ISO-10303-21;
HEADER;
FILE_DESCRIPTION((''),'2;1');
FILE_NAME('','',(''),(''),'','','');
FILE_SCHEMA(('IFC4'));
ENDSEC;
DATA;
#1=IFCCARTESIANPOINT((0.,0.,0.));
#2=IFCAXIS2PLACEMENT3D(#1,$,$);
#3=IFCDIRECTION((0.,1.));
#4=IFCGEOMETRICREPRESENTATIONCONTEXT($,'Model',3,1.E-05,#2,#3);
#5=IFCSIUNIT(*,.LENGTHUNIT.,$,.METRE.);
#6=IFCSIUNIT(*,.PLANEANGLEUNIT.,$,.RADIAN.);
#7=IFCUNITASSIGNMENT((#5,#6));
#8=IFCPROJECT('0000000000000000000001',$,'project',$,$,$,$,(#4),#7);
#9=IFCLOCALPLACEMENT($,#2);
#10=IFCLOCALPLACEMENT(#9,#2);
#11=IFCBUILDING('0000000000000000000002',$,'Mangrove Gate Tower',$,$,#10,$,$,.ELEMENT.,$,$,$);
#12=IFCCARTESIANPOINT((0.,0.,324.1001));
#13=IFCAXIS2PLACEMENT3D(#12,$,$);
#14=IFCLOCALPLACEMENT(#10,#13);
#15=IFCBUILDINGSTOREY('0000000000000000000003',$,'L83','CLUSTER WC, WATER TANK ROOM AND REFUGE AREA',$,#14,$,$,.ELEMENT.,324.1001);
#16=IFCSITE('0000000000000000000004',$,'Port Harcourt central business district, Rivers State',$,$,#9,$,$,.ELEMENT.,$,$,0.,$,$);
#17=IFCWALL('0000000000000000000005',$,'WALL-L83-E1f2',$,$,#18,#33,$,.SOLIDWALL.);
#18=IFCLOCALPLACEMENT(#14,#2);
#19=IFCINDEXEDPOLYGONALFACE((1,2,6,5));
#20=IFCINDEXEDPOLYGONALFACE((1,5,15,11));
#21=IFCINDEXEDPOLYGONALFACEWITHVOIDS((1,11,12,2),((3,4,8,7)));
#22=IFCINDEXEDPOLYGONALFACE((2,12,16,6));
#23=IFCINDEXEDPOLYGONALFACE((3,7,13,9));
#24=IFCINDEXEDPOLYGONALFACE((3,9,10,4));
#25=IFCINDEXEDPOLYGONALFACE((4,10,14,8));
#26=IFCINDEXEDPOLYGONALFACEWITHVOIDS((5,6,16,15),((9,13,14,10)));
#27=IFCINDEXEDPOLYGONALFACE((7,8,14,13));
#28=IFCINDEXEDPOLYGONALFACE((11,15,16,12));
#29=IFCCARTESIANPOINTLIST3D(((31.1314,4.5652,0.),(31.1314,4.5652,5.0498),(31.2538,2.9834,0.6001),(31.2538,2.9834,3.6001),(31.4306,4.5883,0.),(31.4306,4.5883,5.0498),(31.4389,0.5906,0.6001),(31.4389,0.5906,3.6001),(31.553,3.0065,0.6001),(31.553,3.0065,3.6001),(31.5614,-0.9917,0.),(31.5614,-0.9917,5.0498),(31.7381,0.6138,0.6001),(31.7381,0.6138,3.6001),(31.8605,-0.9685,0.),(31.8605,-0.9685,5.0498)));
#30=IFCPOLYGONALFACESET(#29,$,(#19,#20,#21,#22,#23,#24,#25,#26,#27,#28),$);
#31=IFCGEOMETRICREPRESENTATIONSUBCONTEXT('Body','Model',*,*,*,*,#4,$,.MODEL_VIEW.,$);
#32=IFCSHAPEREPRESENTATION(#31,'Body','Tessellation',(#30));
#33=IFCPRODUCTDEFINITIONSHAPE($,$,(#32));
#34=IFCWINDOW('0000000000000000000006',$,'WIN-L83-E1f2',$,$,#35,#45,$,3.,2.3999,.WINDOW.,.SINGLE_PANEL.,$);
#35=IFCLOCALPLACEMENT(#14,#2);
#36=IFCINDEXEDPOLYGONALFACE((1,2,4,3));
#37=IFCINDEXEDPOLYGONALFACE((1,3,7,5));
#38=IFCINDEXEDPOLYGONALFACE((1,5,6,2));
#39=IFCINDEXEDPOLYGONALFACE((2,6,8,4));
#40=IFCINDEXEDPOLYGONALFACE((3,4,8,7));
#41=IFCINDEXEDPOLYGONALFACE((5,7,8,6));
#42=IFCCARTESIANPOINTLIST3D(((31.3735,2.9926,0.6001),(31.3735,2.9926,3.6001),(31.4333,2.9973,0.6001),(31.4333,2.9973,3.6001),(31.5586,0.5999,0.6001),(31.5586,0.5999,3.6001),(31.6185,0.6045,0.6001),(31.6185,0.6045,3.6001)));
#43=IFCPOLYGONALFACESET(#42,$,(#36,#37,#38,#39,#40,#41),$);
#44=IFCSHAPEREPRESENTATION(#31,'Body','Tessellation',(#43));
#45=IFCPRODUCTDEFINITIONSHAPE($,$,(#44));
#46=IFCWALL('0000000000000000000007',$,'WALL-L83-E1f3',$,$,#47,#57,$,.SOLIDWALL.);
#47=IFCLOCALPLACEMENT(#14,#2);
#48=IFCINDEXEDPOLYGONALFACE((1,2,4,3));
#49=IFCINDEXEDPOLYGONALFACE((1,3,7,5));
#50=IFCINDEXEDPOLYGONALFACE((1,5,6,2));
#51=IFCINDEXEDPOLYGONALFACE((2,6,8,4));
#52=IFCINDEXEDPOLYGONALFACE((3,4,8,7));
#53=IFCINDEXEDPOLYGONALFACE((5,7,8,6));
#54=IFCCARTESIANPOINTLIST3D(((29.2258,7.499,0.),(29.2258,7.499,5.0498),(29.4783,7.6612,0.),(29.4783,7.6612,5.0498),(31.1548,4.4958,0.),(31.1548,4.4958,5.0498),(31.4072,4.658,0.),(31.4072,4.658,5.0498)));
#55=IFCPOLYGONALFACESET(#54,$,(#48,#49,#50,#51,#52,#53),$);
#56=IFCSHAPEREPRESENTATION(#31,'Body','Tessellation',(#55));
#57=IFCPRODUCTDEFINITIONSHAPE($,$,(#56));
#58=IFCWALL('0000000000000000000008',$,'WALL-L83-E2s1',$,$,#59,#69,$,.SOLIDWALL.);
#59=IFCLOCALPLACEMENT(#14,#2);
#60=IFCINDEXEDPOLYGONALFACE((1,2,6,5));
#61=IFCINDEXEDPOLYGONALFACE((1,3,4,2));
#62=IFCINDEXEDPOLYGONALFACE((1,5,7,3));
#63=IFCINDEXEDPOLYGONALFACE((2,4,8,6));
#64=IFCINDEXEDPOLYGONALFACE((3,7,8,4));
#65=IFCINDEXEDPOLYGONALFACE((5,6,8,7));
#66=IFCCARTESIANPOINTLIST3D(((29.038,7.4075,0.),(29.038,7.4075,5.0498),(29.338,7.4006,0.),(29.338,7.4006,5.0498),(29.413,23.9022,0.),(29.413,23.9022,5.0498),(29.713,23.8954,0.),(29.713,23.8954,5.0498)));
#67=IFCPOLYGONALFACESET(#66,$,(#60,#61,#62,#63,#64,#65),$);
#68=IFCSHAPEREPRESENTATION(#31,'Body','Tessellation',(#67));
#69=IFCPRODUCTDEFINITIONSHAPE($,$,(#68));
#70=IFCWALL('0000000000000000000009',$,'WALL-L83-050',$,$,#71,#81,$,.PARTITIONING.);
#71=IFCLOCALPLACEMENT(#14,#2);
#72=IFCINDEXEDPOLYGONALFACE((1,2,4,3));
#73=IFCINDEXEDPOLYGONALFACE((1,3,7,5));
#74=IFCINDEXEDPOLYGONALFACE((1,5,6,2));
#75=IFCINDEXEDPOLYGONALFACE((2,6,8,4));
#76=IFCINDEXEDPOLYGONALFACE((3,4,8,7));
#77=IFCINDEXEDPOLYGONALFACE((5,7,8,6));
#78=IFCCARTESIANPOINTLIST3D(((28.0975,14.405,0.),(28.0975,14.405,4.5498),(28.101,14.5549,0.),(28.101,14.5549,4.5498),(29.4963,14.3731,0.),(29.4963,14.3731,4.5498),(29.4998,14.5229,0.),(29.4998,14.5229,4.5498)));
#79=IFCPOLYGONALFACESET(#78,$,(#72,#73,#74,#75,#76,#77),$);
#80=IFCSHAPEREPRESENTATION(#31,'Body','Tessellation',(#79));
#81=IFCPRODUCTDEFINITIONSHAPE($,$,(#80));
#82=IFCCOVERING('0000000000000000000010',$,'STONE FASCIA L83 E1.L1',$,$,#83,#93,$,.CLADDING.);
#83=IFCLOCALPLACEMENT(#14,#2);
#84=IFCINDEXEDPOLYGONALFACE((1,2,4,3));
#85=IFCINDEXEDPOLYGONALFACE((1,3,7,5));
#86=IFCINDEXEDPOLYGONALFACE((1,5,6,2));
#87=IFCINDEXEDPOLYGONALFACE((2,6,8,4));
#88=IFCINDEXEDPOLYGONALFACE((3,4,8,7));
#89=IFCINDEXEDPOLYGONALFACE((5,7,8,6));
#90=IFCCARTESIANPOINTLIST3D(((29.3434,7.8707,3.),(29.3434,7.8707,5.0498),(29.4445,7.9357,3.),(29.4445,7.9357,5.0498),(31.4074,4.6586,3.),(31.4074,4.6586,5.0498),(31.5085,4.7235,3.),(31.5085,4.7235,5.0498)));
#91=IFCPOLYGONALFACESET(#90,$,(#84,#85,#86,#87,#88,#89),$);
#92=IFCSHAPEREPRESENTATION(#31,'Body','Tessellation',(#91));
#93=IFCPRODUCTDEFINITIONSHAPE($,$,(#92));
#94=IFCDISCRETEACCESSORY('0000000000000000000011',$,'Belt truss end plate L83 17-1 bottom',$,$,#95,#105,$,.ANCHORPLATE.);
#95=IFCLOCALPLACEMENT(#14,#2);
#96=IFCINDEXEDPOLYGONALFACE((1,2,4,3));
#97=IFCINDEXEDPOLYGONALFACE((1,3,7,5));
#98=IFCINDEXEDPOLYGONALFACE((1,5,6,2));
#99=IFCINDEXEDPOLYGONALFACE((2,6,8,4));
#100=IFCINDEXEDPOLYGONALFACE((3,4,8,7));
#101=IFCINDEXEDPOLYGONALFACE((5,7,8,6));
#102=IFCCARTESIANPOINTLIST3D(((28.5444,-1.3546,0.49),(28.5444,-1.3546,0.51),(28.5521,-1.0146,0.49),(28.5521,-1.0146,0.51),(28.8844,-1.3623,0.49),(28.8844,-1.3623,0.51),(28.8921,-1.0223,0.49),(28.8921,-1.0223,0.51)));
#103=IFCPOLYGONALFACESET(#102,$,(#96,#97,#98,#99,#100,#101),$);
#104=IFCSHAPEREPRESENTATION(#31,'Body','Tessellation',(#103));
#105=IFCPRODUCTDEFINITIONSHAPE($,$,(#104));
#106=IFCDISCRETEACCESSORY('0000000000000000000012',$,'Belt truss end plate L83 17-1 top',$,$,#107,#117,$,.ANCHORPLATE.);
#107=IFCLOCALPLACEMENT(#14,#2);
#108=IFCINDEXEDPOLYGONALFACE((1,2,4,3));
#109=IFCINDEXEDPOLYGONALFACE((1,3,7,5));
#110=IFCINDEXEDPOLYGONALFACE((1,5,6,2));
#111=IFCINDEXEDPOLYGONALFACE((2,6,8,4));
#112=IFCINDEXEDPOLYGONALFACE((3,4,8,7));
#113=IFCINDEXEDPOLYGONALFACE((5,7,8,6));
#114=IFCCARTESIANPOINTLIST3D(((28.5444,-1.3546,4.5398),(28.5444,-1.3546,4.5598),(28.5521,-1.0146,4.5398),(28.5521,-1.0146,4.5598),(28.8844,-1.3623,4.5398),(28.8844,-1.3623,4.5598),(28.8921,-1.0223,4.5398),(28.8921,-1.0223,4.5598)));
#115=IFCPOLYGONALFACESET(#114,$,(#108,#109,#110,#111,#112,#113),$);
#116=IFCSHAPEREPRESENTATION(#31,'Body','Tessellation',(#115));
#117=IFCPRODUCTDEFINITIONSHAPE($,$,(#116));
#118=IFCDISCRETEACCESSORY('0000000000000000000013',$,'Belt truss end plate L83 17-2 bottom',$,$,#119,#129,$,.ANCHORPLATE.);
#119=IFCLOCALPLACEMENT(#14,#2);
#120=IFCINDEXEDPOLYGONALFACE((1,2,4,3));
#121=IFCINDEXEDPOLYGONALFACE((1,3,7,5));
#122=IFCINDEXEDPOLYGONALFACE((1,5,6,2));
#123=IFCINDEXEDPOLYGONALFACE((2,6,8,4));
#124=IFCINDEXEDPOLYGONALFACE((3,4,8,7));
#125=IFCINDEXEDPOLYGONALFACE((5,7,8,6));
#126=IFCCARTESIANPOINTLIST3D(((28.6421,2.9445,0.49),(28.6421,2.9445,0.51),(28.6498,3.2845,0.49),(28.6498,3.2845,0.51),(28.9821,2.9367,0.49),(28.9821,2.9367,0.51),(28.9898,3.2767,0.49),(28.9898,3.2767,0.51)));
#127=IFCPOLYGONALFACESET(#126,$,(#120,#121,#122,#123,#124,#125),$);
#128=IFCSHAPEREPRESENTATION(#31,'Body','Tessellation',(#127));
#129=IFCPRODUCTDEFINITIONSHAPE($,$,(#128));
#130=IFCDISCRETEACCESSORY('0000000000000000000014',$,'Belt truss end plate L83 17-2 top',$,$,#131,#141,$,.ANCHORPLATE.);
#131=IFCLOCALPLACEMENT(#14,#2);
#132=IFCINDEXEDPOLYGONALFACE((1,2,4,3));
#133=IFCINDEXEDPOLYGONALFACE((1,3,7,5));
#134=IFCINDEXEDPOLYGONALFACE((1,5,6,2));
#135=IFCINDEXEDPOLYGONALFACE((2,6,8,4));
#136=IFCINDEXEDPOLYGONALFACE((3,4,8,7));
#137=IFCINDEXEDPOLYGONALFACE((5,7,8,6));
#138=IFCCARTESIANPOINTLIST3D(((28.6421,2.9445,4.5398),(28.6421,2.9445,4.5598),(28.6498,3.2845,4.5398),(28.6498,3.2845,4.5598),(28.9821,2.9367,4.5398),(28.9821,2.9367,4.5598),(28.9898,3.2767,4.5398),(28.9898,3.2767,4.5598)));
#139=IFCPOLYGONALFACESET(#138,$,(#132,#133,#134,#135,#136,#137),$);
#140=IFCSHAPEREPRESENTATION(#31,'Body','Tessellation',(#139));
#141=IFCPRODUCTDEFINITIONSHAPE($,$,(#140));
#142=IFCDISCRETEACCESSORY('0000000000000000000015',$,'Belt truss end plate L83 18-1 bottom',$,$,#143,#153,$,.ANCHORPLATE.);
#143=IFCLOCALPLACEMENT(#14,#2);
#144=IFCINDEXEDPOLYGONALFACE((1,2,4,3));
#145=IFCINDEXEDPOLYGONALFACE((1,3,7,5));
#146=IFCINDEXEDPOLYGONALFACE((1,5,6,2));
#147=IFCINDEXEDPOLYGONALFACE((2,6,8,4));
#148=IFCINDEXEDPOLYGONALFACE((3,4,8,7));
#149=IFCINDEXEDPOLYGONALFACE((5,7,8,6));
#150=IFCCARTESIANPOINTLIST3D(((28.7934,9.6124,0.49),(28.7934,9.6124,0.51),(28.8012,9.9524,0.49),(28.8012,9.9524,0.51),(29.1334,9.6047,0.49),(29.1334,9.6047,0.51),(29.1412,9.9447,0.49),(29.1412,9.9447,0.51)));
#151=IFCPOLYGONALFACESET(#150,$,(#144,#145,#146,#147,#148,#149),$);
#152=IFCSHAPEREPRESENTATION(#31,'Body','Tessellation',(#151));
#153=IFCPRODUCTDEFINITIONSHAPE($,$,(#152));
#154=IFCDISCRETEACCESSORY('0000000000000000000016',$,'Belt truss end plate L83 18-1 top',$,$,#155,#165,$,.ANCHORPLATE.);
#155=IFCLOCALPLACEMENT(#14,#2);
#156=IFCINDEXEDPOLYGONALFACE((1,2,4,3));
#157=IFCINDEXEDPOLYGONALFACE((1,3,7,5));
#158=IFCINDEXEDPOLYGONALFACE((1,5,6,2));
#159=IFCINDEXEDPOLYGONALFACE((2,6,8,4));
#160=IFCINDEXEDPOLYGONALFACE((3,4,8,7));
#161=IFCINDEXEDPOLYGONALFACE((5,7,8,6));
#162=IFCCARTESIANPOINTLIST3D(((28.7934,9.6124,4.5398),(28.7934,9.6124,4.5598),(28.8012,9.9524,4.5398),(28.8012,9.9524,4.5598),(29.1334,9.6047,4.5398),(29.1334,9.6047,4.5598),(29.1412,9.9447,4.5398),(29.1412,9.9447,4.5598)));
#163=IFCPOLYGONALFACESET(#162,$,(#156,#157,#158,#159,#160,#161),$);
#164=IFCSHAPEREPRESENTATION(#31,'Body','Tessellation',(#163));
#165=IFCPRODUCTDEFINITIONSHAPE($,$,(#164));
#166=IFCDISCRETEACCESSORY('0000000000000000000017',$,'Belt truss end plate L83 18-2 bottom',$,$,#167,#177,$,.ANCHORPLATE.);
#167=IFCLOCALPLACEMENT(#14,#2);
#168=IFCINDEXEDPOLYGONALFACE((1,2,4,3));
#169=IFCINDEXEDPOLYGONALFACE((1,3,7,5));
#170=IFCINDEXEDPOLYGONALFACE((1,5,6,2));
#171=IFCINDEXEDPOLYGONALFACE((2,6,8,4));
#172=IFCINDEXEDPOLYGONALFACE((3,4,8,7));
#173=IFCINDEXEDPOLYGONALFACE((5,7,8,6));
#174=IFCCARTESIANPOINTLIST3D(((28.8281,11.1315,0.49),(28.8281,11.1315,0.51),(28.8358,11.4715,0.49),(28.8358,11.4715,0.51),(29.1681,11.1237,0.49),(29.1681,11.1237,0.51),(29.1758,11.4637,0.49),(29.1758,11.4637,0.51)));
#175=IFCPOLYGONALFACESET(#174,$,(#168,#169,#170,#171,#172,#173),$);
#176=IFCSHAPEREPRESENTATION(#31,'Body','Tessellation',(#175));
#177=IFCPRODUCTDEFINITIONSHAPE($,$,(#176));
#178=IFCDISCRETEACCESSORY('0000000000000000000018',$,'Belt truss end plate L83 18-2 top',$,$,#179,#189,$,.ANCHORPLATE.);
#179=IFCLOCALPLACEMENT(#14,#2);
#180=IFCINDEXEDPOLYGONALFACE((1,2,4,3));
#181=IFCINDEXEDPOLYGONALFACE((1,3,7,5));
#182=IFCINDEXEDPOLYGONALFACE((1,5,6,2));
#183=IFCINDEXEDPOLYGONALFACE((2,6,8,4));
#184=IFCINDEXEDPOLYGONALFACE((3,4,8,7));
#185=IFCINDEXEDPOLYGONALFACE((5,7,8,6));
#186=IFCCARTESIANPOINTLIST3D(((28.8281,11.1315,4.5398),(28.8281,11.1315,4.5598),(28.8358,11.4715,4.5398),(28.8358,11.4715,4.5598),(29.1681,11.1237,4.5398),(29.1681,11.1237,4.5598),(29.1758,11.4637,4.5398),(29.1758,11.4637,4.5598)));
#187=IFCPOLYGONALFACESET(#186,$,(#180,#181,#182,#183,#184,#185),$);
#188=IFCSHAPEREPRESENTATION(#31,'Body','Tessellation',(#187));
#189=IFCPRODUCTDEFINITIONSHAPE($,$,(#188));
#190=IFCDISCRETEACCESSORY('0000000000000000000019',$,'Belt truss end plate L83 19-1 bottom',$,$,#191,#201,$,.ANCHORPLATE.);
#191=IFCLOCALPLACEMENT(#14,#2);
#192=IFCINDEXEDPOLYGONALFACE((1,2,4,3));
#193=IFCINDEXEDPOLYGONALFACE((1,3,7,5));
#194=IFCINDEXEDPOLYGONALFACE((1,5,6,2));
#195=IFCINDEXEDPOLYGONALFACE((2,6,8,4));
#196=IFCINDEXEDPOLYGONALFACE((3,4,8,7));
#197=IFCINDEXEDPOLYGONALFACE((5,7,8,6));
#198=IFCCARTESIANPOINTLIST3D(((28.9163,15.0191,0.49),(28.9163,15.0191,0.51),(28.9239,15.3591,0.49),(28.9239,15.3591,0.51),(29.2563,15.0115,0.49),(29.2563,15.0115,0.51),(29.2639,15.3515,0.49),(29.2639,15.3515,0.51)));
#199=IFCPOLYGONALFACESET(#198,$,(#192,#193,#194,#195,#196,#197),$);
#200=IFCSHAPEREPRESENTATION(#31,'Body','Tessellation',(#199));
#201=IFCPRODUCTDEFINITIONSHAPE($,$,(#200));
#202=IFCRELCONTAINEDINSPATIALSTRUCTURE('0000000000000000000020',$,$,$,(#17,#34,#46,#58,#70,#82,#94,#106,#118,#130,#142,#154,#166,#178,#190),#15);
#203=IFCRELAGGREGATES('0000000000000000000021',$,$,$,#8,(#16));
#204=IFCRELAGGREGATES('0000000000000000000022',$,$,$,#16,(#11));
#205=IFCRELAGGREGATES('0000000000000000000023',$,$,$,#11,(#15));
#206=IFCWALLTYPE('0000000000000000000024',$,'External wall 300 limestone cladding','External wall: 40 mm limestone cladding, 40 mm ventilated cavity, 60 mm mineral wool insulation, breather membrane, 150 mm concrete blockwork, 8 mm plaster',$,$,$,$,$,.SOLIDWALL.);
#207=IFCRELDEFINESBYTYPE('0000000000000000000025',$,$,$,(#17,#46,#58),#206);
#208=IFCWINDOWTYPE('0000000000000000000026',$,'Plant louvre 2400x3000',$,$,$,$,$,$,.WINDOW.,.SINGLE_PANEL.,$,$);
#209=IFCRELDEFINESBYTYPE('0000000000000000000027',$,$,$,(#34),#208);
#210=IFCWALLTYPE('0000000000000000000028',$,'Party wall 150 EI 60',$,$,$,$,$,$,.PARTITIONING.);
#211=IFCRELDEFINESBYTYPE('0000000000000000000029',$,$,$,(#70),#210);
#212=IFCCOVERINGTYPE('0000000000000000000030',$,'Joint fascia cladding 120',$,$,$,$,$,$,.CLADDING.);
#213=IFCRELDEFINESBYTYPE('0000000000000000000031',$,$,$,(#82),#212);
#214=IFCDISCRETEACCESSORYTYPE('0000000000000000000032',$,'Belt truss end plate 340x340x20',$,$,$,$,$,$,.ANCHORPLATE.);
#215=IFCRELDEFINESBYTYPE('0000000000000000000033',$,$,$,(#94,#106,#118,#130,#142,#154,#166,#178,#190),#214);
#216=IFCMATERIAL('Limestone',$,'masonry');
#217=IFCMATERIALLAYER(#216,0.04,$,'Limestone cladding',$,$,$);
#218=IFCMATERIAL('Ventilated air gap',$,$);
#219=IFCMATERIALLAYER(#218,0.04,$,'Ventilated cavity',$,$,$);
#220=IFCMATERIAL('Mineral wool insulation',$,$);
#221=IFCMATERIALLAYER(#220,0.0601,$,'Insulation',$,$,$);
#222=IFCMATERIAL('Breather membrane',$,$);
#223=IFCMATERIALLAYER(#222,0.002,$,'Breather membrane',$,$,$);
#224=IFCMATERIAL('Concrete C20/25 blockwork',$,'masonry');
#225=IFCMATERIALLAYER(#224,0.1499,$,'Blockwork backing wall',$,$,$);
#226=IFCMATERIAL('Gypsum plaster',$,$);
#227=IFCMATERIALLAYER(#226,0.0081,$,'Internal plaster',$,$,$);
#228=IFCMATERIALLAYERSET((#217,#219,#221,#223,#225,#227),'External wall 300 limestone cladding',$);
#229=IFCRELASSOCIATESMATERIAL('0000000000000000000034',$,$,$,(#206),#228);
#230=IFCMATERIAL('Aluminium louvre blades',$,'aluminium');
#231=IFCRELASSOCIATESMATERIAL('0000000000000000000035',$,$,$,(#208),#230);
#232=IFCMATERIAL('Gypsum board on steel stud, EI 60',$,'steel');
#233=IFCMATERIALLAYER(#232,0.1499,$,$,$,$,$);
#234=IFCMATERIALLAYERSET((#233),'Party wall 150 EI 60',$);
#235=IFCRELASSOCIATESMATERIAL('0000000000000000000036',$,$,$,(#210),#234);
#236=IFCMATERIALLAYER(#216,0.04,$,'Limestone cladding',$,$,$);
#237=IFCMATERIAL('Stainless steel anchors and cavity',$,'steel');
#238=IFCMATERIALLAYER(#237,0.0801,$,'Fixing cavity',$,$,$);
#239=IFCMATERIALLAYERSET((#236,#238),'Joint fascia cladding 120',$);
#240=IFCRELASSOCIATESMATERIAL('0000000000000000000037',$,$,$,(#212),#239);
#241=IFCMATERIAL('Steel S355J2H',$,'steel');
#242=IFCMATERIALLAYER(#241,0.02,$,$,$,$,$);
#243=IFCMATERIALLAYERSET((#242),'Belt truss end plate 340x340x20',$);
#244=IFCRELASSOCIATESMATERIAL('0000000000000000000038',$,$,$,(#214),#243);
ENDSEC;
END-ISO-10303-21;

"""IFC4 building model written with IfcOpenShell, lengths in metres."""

from ifc_helpers import new_model, si_unit, direction, frame, frame_2d, origin, origin_2d, place, context, subcontext, project, spatial, rectangle, extrude, material, layer, layer_set, type_object, element, fill, save


model = new_model("IFC4")

# Units and contexts
model_context = context("Model", 3, precision=1e-05, world=origin(), true_north=direction((0.0, 1.0)))
body_context = subcontext(model_context, "Body", "Model", "MODEL_VIEW")
ifc_project = project(units=[si_unit("LENGTHUNIT", "METRE"), si_unit("PLANEANGLEUNIT", "RADIAN")], contexts=[model_context])

# Site, building, storey
site_placement = place(None, origin())
site = spatial("IfcSite", under=ifc_project, at=site_placement, Name="Port Harcourt central business district, Rivers State", CompositionType="ELEMENT", RefElevation=0.0)
building_placement = place(site_placement, origin())
building = spatial("IfcBuilding", under=site, at=building_placement, Name="Mangrove Gate Tower", CompositionType="ELEMENT")
storey_placement = place(building_placement, frame((0.0, 0.0, 324.1001)))
storey = spatial("IfcBuildingStorey", under=building, at=storey_placement, Name="L83", Description="CLUSTER WC, WATER TANK ROOM AND REFUGE AREA", CompositionType="ELEMENT", Elevation=324.1001)

# Wall, opening, window
ifc_material_1 = material(Name="Limestone", Category="masonry")
ifc_layer_1 = layer(ifc_material_1, 0.04, Name="Limestone cladding")
ifc_material_2 = material(Name="Ventilated air gap")
ifc_layer_2 = layer(ifc_material_2, 0.04, Name="Ventilated cavity")
ifc_material_3 = material(Name="Mineral wool insulation")
ifc_layer_3 = layer(ifc_material_3, 0.0601, Name="Insulation")
ifc_material_4 = material(Name="Breather membrane")
ifc_layer_4 = layer(ifc_material_4, 0.002, Name="Breather membrane")
ifc_material_5 = material(Name="Concrete C20/25 blockwork", Category="masonry")
ifc_layer_5 = layer(ifc_material_5, 0.1499, Name="Blockwork backing wall")
ifc_material_6 = material(Name="Gypsum plaster")
ifc_layer_6 = layer(ifc_material_6, 0.0081, Name="Internal plaster")
ifc_layer_set_1 = layer_set([ifc_layer_1, ifc_layer_2, ifc_layer_3, ifc_layer_4, ifc_layer_5, ifc_layer_6], Name="External wall 300 limestone cladding")
wall_type_1 = type_object("IfcWallType", Name="External wall 300 limestone cladding", Description="External wall: 40 mm limestone cladding, 40 mm ventilated cavity, 60 mm mineral wool insulation, breather membrane, 150 mm concrete blockwork, 8 mm plaster", PredefinedType="SOLIDWALL", material=ifc_layer_set_1)
wall_1_placement = place(storey_placement, frame((31.7109, -0.98, 0.0), z_axis=(0.0, 0.0, 1.0), x_axis=(-0.077139, 0.99702, 0.0)))
wall_1 = element("IfcWall", 1, at=wall_1_placement, inside=storey, type_object=wall_type_1, Name="WALL-L83-E1f2", PredefinedType="SOLIDWALL", context=body_context, shape_type="SweptSolid", body=[
    extrude(rectangle(XDim=5.5735, YDim=0.3, at=frame_2d((2.7866, 0.0))), origin(), (0.0, 0.0, 1.0), 5.0498),
])
opening_placement = place(wall_1_placement, frame((1.5869, 0.0, 0.6001)))
opening = element("IfcOpeningElement", 2, at=opening_placement, cuts=wall_1, PredefinedType="OPENING", context=body_context, shape_type="SweptSolid", body=[
    extrude(rectangle(XDim=2.3999, YDim=3.0, at=frame_2d((1.2, 1.5))), frame((0.0, 0.1599, 0.0), z_axis=(0.0, -1.0, 0.0), x_axis=(1.0, 0.0, 0.0)), (0.0, 0.0, 1.0), 0.3201),
])
ifc_material_7 = material(Name="Aluminium louvre blades", Category="aluminium")
window_type = type_object("IfcWindowType", Name="Plant louvre 2400x3000", PartitioningType="SINGLE_PANEL", PredefinedType="WINDOW", material=ifc_material_7)
window_placement = place(opening_placement, origin())
window = element("IfcWindow", 3, at=window_placement, inside=storey, type_object=window_type, Name="WIN-L83-E1f2", OverallHeight=3.0, OverallWidth=2.3999, PartitioningType="SINGLE_PANEL", PredefinedType="WINDOW", context=body_context, shape_type="SweptSolid", body=[
    extrude(rectangle(XDim=2.3999, YDim=3.0, at=frame_2d((1.2, 1.5))), frame((0.0, 0.03, 0.0), z_axis=(0.0, -1.0, 0.0), x_axis=(1.0, 0.0, 0.0)), (0.0, 0.0, 1.0), 0.0601),
])
fill(opening, window)

# Walls
wall_2_placement = place(storey_placement, frame((31.281, 4.5769, 0.0), z_axis=(0.0, 0.0, 1.0), x_axis=(-0.540429, 0.84139, 0.0)))
element("IfcWall", 4, at=wall_2_placement, inside=storey, type_object=wall_type_1, Name="WALL-L83-E1f3", PredefinedType="SOLIDWALL", context=body_context, shape_type="SweptSolid", body=[
    extrude(rectangle(XDim=3.5693, YDim=0.3, at=frame_2d((1.7847, 0.0))), origin(), (0.0, 0.0, 1.0), 5.0498),
])
wall_3_placement = place(storey_placement, frame((29.188, 7.4041, 0.0), z_axis=(0.0, 0.0, 1.0), x_axis=(0.022728, 0.999742, 0.0)))
element("IfcWall", 5, at=wall_3_placement, inside=storey, type_object=wall_type_1, Name="WALL-L83-E2s1", PredefinedType="SOLIDWALL", context=body_context, shape_type="SweptSolid", body=[
    extrude(rectangle(XDim=16.499, YDim=0.3, at=frame_2d((8.2495, 0.0))), origin(), (0.0, 0.0, 1.0), 5.0498),
])
ifc_material_8 = material(Name="Gypsum board on steel stud, EI 60", Category="steel")
ifc_layer_7 = layer(ifc_material_8, 0.1499)
ifc_layer_set_2 = layer_set([ifc_layer_7], Name="Party wall 150 EI 60")
wall_type_2 = type_object("IfcWallType", Name="Party wall 150 EI 60", PredefinedType="PARTITIONING", material=ifc_layer_set_2)
wall_4_placement = place(storey_placement, frame((28.0991, 14.48, 0.0), z_axis=(0.0, 0.0, 1.0), x_axis=(0.999739, -0.022856, 0.0)))
element("IfcWall", 6, at=wall_4_placement, inside=storey, type_object=wall_type_2, Name="WALL-L83-050", PredefinedType="PARTITIONING", context=body_context, shape_type="SweptSolid", body=[
    extrude(rectangle(XDim=1.3992, YDim=0.1499, at=frame_2d((0.6997, 0.0))), origin(), (0.0, 0.0, 1.0), 4.5498),
])

# Covering
ifc_layer_8 = layer(ifc_material_1, 0.04, Name="Limestone cladding")
ifc_material_9 = material(Name="Stainless steel anchors and cavity", Category="steel")
ifc_layer_9 = layer(ifc_material_9, 0.0801, Name="Fixing cavity")
ifc_layer_set_3 = layer_set([ifc_layer_8, ifc_layer_9], Name="Joint fascia cladding 120")
covering_type = type_object("IfcCoveringType", Name="Joint fascia cladding 120", PredefinedType="CLADDING", material=ifc_layer_set_3)
covering_placement = place(storey_placement, frame((31.458, 4.6909, 3.0), z_axis=(0.0, 0.0, 1.0), x_axis=(-0.540573, 0.841297, 0.0)))
element("IfcCovering", 7, at=covering_placement, inside=storey, type_object=covering_type, Name="STONE FASCIA L83 E1.L1", PredefinedType="CLADDING", context=body_context, shape_type="SweptSolid", body=[
    extrude(rectangle(XDim=3.8181, YDim=0.1201, at=frame_2d((1.9092, 0.0))), origin(), (0.0, 0.0, 1.0), 2.0498),
])

# Discrete accessories
ifc_material_10 = material(Name="Steel S355J2H", Category="steel")
ifc_layer_10 = layer(ifc_material_10, 0.02)
ifc_layer_set_4 = layer_set([ifc_layer_10], Name="Belt truss end plate 340x340x20")
discrete_accessory_type = type_object("IfcDiscreteAccessoryType", Name="Belt truss end plate 340x340x20", PredefinedType="ANCHORPLATE", material=ifc_layer_set_4)
for number, where, z_axis, x_axis, name in (
    (8, (28.7183, -1.1885, 0.49), (0.0, 0.0, 1.0), (0.02269, 0.999743, 0.0), "Belt truss end plate L83 17-1 bottom"),
    (9, (28.7183, -1.1885, 4.5398), (0.0, 0.0, 1.0), (0.02269, 0.999743, 0.0), "Belt truss end plate L83 17-1 top"),
    (10, (28.8159, 3.1106, 0.49), (0.0, 0.0, 1.0), (0.02269, 0.999743, 0.0), "Belt truss end plate L83 17-2 bottom"),
    (11, (28.8159, 3.1106, 4.5398), (0.0, 0.0, 1.0), (0.02269, 0.999743, 0.0), "Belt truss end plate L83 17-2 top"),
    (12, (28.9673, 9.7786, 0.49), (0.0, 0.0, 1.0), (0.022742, 0.999741, 0.0), "Belt truss end plate L83 18-1 bottom"),
    (13, (28.9673, 9.7786, 4.5398), (0.0, 0.0, 1.0), (0.022742, 0.999741, 0.0), "Belt truss end plate L83 18-1 top"),
    (14, (29.002, 11.2976, 0.49), (0.0, 0.0, 1.0), (0.022742, 0.999741, 0.0), "Belt truss end plate L83 18-2 bottom"),
    (15, (29.002, 11.2976, 4.5398), (0.0, 0.0, 1.0), (0.022742, 0.999741, 0.0), "Belt truss end plate L83 18-2 top"),
    (16, (29.0901, 15.1853, 0.49), (0.0, 0.0, 1.0), (0.022562, 0.999745, 0.0), "Belt truss end plate L83 19-1 bottom"),
):
    element("IfcDiscreteAccessory", number, at=place(storey_placement, frame(where, z_axis=z_axis, x_axis=x_axis)), inside=storey, type_object=discrete_accessory_type, Name=name, PredefinedType="ANCHORPLATE", context=body_context, shape_type="SweptSolid", body=[
        extrude(rectangle(XDim=0.3401, YDim=0.3401, at=origin_2d()), origin(), (0.0, 0.0, 1.0), 0.02),
    ])

save(model, "model.ifc")
